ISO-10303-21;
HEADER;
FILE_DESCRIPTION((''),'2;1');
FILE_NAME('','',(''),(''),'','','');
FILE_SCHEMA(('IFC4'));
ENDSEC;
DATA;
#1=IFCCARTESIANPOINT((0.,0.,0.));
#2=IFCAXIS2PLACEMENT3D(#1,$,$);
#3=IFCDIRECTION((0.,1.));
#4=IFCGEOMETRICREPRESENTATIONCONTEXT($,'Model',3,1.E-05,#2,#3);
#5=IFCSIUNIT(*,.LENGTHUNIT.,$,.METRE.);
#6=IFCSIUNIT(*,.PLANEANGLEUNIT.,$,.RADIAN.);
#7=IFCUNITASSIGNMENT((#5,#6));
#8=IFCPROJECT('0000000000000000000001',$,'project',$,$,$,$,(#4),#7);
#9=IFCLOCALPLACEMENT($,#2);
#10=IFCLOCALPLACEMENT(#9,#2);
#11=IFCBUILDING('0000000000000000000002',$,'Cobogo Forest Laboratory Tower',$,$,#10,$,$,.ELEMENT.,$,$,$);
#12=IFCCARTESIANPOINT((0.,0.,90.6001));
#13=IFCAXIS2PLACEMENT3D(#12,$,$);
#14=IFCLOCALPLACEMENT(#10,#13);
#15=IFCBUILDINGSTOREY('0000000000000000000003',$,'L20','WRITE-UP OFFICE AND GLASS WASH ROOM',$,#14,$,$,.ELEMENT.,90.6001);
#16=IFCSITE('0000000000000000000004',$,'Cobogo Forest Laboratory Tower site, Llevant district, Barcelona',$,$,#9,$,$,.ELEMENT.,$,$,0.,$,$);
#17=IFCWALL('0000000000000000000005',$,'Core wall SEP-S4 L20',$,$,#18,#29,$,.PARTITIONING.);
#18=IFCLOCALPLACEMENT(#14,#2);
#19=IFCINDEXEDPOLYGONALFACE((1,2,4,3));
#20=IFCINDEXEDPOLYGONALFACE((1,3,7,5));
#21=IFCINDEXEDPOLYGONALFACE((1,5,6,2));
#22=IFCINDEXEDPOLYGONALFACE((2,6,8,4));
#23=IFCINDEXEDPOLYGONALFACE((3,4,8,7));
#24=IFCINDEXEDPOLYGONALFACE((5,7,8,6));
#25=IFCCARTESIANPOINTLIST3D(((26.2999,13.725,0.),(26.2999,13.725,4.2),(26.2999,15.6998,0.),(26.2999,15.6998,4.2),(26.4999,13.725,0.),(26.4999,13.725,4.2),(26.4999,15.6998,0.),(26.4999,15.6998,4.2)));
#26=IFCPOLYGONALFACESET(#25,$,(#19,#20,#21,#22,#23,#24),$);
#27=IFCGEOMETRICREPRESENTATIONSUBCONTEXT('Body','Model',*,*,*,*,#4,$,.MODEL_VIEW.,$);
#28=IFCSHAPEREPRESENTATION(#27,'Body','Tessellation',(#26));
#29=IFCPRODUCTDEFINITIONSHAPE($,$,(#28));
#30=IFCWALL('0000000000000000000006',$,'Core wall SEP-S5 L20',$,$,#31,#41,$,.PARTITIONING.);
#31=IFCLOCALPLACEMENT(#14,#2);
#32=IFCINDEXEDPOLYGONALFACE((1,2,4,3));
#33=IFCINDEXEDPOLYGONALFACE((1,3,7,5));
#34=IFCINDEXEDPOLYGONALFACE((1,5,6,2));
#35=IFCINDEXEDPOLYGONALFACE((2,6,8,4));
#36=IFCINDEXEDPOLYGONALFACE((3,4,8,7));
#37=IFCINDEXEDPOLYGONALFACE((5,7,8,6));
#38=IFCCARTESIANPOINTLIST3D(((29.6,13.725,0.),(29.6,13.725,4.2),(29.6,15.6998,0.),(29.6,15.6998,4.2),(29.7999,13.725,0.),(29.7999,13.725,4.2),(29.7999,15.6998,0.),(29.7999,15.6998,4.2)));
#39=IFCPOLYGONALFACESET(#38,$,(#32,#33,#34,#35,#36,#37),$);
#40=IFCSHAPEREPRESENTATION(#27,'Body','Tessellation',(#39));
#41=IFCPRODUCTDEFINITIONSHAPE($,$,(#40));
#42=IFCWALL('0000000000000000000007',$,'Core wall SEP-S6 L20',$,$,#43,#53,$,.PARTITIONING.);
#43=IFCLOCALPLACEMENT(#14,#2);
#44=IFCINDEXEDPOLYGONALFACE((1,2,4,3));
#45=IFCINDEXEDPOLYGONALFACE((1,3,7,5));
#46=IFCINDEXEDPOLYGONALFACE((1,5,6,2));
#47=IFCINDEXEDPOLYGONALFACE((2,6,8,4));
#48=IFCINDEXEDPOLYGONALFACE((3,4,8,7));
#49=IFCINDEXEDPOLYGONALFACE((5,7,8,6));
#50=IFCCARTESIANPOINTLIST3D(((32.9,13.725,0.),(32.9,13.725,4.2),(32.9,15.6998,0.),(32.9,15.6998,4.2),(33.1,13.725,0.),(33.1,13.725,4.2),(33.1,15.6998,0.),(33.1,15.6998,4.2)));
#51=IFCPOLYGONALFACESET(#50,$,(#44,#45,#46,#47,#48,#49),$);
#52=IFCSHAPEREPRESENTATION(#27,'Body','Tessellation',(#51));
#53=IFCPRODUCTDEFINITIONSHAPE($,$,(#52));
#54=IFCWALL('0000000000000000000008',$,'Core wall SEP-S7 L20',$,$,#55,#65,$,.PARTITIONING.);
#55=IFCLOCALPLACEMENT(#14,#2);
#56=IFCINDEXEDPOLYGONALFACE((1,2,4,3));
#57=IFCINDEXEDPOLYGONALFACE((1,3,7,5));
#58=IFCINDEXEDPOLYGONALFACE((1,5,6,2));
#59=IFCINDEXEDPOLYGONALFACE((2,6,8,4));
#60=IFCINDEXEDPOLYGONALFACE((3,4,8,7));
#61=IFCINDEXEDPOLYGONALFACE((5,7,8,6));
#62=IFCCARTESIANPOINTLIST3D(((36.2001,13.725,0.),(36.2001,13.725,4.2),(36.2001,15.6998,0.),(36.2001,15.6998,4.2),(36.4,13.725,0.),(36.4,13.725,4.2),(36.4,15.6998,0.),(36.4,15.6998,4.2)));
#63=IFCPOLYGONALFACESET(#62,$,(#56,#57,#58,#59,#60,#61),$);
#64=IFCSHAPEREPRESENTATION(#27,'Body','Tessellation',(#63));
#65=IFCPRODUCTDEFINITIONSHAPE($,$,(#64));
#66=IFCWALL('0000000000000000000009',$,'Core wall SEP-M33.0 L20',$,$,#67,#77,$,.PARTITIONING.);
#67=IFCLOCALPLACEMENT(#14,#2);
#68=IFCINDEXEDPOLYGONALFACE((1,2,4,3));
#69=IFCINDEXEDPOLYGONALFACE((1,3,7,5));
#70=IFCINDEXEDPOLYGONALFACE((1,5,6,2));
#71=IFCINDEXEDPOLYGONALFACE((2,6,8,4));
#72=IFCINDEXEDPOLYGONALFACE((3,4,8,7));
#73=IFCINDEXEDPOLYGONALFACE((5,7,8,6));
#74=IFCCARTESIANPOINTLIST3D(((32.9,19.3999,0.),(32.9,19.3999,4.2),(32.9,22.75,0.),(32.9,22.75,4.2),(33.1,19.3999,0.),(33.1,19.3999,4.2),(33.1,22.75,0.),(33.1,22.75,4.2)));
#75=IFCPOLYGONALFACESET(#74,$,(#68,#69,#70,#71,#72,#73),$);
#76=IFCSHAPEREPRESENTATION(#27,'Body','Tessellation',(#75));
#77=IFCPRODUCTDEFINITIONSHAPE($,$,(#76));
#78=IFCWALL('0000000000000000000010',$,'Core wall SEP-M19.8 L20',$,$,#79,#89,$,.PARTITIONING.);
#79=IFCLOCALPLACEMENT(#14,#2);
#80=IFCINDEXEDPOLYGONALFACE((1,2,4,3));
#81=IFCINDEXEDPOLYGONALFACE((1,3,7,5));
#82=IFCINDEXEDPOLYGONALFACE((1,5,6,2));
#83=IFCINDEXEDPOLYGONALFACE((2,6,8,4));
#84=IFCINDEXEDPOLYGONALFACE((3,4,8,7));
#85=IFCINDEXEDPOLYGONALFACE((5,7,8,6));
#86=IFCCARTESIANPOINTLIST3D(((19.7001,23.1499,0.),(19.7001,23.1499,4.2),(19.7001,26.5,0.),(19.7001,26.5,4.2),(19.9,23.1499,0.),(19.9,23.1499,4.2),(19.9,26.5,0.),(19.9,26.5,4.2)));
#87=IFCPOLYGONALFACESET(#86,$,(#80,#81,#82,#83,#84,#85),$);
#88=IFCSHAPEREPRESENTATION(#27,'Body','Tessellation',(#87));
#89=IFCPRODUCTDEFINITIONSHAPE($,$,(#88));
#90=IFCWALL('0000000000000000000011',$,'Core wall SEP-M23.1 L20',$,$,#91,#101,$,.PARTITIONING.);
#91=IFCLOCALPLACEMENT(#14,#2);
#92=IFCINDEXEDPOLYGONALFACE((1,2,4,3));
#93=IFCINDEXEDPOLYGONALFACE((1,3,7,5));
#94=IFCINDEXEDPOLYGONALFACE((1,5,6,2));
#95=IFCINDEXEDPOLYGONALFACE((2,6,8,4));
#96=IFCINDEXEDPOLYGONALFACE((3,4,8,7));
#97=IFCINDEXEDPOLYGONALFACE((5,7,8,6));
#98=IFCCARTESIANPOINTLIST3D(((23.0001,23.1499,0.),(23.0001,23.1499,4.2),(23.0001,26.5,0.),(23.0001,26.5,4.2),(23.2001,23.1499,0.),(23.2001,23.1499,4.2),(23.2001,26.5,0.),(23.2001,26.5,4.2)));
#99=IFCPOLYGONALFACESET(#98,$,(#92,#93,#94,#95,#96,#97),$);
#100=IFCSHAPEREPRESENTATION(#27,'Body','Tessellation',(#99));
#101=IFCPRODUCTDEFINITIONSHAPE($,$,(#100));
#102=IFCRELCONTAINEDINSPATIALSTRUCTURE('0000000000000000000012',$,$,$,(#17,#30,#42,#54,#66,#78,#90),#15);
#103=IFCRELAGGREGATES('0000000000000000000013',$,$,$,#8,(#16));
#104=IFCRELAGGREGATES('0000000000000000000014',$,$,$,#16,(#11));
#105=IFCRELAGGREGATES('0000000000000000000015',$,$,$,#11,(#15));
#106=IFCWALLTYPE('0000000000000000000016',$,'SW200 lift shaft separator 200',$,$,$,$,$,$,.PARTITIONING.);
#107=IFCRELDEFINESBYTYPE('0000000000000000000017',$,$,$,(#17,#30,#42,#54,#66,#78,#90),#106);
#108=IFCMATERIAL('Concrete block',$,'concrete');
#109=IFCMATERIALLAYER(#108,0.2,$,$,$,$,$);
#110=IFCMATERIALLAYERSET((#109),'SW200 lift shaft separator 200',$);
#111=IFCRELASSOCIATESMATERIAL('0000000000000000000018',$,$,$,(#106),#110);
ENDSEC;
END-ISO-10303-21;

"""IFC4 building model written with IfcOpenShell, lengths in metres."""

from ifc_helpers import new_model, si_unit, direction, frame, frame_2d, origin, place, context, subcontext, project, spatial, rectangle, extrude, material, layer, layer_set, type_object, element, save


model = new_model("IFC4")

# Units and contexts
model_context = context("Model", 3, precision=1e-05, world=origin(), true_north=direction((0.0, 1.0)))
body_context = subcontext(model_context, "Body", "Model", "MODEL_VIEW")
ifc_project = project(units=[si_unit("LENGTHUNIT", "METRE"), si_unit("PLANEANGLEUNIT", "RADIAN")], contexts=[model_context])

# Site, building, storey
site_placement = place(None, origin())
site = spatial("IfcSite", under=ifc_project, at=site_placement, Name="Cobogo Forest Laboratory Tower site, Llevant district, Barcelona", CompositionType="ELEMENT", RefElevation=0.0)
building_placement = place(site_placement, origin())
building = spatial("IfcBuilding", under=site, at=building_placement, Name="Cobogo Forest Laboratory Tower", CompositionType="ELEMENT")
storey_placement = place(building_placement, frame((0.0, 0.0, 90.6001)))
storey = spatial("IfcBuildingStorey", under=building, at=storey_placement, Name="L20", Description="WRITE-UP OFFICE AND GLASS WASH ROOM", CompositionType="ELEMENT", Elevation=90.6001)

# Walls
ifc_material_1 = material(Name="Concrete block", Category="concrete")
ifc_layer_1 = layer(ifc_material_1, 0.2)
ifc_layer_set_1 = layer_set([ifc_layer_1], Name="SW200 lift shaft separator 200")
wall_type_1 = type_object("IfcWallType", Name="SW200 lift shaft separator 200", PredefinedType="PARTITIONING", material=ifc_layer_set_1)
for number, where, z_axis, x_axis, name in (
    (1, (26.3999, 13.7251, 0.0), (0.0, 0.0, 1.0), (0.0, 1.0, 0.0), "Core wall SEP-S4 L20"),
    (2, (29.7, 13.7251, 0.0), (0.0, 0.0, 1.0), (0.0, 1.0, 0.0), "Core wall SEP-S5 L20"),
    (3, (33.0, 13.7251, 0.0), (0.0, 0.0, 1.0), (0.0, 1.0, 0.0), "Core wall SEP-S6 L20"),
    (4, (36.3, 13.7251, 0.0), (0.0, 0.0, 1.0), (0.0, 1.0, 0.0), "Core wall SEP-S7 L20"),
):
    element("IfcWall", number, at=place(storey_placement, frame(where, z_axis=z_axis, x_axis=x_axis)), inside=storey, type_object=wall_type_1, Name=name, PredefinedType="PARTITIONING", context=body_context, shape_type="SweptSolid", body=[
        extrude(rectangle(XDim=1.9749, YDim=0.2, at=frame_2d((0.9873, 0.0))), origin(), (0.0, 0.0, 1.0), 4.2),
    ])
for number, where, z_axis, x_axis, name in (
    (5, (33.0, 19.3999, 0.0), (0.0, 0.0, 1.0), (0.0, 1.0, 0.0), "Core wall SEP-M33.0 L20"),
    (6, (19.8, 23.1499, 0.0), (0.0, 0.0, 1.0), (0.0, 1.0, 0.0), "Core wall SEP-M19.8 L20"),
    (7, (23.1001, 23.1499, 0.0), (0.0, 0.0, 1.0), (0.0, 1.0, 0.0), "Core wall SEP-M23.1 L20"),
):
    element("IfcWall", number, at=place(storey_placement, frame(where, z_axis=z_axis, x_axis=x_axis)), inside=storey, type_object=wall_type_1, Name=name, PredefinedType="PARTITIONING", context=body_context, shape_type="SweptSolid", body=[
        extrude(rectangle(XDim=3.3501, YDim=0.2, at=frame_2d((1.675, 0.0))), origin(), (0.0, 0.0, 1.0), 4.2),
    ])

save(model, "model.ifc")
